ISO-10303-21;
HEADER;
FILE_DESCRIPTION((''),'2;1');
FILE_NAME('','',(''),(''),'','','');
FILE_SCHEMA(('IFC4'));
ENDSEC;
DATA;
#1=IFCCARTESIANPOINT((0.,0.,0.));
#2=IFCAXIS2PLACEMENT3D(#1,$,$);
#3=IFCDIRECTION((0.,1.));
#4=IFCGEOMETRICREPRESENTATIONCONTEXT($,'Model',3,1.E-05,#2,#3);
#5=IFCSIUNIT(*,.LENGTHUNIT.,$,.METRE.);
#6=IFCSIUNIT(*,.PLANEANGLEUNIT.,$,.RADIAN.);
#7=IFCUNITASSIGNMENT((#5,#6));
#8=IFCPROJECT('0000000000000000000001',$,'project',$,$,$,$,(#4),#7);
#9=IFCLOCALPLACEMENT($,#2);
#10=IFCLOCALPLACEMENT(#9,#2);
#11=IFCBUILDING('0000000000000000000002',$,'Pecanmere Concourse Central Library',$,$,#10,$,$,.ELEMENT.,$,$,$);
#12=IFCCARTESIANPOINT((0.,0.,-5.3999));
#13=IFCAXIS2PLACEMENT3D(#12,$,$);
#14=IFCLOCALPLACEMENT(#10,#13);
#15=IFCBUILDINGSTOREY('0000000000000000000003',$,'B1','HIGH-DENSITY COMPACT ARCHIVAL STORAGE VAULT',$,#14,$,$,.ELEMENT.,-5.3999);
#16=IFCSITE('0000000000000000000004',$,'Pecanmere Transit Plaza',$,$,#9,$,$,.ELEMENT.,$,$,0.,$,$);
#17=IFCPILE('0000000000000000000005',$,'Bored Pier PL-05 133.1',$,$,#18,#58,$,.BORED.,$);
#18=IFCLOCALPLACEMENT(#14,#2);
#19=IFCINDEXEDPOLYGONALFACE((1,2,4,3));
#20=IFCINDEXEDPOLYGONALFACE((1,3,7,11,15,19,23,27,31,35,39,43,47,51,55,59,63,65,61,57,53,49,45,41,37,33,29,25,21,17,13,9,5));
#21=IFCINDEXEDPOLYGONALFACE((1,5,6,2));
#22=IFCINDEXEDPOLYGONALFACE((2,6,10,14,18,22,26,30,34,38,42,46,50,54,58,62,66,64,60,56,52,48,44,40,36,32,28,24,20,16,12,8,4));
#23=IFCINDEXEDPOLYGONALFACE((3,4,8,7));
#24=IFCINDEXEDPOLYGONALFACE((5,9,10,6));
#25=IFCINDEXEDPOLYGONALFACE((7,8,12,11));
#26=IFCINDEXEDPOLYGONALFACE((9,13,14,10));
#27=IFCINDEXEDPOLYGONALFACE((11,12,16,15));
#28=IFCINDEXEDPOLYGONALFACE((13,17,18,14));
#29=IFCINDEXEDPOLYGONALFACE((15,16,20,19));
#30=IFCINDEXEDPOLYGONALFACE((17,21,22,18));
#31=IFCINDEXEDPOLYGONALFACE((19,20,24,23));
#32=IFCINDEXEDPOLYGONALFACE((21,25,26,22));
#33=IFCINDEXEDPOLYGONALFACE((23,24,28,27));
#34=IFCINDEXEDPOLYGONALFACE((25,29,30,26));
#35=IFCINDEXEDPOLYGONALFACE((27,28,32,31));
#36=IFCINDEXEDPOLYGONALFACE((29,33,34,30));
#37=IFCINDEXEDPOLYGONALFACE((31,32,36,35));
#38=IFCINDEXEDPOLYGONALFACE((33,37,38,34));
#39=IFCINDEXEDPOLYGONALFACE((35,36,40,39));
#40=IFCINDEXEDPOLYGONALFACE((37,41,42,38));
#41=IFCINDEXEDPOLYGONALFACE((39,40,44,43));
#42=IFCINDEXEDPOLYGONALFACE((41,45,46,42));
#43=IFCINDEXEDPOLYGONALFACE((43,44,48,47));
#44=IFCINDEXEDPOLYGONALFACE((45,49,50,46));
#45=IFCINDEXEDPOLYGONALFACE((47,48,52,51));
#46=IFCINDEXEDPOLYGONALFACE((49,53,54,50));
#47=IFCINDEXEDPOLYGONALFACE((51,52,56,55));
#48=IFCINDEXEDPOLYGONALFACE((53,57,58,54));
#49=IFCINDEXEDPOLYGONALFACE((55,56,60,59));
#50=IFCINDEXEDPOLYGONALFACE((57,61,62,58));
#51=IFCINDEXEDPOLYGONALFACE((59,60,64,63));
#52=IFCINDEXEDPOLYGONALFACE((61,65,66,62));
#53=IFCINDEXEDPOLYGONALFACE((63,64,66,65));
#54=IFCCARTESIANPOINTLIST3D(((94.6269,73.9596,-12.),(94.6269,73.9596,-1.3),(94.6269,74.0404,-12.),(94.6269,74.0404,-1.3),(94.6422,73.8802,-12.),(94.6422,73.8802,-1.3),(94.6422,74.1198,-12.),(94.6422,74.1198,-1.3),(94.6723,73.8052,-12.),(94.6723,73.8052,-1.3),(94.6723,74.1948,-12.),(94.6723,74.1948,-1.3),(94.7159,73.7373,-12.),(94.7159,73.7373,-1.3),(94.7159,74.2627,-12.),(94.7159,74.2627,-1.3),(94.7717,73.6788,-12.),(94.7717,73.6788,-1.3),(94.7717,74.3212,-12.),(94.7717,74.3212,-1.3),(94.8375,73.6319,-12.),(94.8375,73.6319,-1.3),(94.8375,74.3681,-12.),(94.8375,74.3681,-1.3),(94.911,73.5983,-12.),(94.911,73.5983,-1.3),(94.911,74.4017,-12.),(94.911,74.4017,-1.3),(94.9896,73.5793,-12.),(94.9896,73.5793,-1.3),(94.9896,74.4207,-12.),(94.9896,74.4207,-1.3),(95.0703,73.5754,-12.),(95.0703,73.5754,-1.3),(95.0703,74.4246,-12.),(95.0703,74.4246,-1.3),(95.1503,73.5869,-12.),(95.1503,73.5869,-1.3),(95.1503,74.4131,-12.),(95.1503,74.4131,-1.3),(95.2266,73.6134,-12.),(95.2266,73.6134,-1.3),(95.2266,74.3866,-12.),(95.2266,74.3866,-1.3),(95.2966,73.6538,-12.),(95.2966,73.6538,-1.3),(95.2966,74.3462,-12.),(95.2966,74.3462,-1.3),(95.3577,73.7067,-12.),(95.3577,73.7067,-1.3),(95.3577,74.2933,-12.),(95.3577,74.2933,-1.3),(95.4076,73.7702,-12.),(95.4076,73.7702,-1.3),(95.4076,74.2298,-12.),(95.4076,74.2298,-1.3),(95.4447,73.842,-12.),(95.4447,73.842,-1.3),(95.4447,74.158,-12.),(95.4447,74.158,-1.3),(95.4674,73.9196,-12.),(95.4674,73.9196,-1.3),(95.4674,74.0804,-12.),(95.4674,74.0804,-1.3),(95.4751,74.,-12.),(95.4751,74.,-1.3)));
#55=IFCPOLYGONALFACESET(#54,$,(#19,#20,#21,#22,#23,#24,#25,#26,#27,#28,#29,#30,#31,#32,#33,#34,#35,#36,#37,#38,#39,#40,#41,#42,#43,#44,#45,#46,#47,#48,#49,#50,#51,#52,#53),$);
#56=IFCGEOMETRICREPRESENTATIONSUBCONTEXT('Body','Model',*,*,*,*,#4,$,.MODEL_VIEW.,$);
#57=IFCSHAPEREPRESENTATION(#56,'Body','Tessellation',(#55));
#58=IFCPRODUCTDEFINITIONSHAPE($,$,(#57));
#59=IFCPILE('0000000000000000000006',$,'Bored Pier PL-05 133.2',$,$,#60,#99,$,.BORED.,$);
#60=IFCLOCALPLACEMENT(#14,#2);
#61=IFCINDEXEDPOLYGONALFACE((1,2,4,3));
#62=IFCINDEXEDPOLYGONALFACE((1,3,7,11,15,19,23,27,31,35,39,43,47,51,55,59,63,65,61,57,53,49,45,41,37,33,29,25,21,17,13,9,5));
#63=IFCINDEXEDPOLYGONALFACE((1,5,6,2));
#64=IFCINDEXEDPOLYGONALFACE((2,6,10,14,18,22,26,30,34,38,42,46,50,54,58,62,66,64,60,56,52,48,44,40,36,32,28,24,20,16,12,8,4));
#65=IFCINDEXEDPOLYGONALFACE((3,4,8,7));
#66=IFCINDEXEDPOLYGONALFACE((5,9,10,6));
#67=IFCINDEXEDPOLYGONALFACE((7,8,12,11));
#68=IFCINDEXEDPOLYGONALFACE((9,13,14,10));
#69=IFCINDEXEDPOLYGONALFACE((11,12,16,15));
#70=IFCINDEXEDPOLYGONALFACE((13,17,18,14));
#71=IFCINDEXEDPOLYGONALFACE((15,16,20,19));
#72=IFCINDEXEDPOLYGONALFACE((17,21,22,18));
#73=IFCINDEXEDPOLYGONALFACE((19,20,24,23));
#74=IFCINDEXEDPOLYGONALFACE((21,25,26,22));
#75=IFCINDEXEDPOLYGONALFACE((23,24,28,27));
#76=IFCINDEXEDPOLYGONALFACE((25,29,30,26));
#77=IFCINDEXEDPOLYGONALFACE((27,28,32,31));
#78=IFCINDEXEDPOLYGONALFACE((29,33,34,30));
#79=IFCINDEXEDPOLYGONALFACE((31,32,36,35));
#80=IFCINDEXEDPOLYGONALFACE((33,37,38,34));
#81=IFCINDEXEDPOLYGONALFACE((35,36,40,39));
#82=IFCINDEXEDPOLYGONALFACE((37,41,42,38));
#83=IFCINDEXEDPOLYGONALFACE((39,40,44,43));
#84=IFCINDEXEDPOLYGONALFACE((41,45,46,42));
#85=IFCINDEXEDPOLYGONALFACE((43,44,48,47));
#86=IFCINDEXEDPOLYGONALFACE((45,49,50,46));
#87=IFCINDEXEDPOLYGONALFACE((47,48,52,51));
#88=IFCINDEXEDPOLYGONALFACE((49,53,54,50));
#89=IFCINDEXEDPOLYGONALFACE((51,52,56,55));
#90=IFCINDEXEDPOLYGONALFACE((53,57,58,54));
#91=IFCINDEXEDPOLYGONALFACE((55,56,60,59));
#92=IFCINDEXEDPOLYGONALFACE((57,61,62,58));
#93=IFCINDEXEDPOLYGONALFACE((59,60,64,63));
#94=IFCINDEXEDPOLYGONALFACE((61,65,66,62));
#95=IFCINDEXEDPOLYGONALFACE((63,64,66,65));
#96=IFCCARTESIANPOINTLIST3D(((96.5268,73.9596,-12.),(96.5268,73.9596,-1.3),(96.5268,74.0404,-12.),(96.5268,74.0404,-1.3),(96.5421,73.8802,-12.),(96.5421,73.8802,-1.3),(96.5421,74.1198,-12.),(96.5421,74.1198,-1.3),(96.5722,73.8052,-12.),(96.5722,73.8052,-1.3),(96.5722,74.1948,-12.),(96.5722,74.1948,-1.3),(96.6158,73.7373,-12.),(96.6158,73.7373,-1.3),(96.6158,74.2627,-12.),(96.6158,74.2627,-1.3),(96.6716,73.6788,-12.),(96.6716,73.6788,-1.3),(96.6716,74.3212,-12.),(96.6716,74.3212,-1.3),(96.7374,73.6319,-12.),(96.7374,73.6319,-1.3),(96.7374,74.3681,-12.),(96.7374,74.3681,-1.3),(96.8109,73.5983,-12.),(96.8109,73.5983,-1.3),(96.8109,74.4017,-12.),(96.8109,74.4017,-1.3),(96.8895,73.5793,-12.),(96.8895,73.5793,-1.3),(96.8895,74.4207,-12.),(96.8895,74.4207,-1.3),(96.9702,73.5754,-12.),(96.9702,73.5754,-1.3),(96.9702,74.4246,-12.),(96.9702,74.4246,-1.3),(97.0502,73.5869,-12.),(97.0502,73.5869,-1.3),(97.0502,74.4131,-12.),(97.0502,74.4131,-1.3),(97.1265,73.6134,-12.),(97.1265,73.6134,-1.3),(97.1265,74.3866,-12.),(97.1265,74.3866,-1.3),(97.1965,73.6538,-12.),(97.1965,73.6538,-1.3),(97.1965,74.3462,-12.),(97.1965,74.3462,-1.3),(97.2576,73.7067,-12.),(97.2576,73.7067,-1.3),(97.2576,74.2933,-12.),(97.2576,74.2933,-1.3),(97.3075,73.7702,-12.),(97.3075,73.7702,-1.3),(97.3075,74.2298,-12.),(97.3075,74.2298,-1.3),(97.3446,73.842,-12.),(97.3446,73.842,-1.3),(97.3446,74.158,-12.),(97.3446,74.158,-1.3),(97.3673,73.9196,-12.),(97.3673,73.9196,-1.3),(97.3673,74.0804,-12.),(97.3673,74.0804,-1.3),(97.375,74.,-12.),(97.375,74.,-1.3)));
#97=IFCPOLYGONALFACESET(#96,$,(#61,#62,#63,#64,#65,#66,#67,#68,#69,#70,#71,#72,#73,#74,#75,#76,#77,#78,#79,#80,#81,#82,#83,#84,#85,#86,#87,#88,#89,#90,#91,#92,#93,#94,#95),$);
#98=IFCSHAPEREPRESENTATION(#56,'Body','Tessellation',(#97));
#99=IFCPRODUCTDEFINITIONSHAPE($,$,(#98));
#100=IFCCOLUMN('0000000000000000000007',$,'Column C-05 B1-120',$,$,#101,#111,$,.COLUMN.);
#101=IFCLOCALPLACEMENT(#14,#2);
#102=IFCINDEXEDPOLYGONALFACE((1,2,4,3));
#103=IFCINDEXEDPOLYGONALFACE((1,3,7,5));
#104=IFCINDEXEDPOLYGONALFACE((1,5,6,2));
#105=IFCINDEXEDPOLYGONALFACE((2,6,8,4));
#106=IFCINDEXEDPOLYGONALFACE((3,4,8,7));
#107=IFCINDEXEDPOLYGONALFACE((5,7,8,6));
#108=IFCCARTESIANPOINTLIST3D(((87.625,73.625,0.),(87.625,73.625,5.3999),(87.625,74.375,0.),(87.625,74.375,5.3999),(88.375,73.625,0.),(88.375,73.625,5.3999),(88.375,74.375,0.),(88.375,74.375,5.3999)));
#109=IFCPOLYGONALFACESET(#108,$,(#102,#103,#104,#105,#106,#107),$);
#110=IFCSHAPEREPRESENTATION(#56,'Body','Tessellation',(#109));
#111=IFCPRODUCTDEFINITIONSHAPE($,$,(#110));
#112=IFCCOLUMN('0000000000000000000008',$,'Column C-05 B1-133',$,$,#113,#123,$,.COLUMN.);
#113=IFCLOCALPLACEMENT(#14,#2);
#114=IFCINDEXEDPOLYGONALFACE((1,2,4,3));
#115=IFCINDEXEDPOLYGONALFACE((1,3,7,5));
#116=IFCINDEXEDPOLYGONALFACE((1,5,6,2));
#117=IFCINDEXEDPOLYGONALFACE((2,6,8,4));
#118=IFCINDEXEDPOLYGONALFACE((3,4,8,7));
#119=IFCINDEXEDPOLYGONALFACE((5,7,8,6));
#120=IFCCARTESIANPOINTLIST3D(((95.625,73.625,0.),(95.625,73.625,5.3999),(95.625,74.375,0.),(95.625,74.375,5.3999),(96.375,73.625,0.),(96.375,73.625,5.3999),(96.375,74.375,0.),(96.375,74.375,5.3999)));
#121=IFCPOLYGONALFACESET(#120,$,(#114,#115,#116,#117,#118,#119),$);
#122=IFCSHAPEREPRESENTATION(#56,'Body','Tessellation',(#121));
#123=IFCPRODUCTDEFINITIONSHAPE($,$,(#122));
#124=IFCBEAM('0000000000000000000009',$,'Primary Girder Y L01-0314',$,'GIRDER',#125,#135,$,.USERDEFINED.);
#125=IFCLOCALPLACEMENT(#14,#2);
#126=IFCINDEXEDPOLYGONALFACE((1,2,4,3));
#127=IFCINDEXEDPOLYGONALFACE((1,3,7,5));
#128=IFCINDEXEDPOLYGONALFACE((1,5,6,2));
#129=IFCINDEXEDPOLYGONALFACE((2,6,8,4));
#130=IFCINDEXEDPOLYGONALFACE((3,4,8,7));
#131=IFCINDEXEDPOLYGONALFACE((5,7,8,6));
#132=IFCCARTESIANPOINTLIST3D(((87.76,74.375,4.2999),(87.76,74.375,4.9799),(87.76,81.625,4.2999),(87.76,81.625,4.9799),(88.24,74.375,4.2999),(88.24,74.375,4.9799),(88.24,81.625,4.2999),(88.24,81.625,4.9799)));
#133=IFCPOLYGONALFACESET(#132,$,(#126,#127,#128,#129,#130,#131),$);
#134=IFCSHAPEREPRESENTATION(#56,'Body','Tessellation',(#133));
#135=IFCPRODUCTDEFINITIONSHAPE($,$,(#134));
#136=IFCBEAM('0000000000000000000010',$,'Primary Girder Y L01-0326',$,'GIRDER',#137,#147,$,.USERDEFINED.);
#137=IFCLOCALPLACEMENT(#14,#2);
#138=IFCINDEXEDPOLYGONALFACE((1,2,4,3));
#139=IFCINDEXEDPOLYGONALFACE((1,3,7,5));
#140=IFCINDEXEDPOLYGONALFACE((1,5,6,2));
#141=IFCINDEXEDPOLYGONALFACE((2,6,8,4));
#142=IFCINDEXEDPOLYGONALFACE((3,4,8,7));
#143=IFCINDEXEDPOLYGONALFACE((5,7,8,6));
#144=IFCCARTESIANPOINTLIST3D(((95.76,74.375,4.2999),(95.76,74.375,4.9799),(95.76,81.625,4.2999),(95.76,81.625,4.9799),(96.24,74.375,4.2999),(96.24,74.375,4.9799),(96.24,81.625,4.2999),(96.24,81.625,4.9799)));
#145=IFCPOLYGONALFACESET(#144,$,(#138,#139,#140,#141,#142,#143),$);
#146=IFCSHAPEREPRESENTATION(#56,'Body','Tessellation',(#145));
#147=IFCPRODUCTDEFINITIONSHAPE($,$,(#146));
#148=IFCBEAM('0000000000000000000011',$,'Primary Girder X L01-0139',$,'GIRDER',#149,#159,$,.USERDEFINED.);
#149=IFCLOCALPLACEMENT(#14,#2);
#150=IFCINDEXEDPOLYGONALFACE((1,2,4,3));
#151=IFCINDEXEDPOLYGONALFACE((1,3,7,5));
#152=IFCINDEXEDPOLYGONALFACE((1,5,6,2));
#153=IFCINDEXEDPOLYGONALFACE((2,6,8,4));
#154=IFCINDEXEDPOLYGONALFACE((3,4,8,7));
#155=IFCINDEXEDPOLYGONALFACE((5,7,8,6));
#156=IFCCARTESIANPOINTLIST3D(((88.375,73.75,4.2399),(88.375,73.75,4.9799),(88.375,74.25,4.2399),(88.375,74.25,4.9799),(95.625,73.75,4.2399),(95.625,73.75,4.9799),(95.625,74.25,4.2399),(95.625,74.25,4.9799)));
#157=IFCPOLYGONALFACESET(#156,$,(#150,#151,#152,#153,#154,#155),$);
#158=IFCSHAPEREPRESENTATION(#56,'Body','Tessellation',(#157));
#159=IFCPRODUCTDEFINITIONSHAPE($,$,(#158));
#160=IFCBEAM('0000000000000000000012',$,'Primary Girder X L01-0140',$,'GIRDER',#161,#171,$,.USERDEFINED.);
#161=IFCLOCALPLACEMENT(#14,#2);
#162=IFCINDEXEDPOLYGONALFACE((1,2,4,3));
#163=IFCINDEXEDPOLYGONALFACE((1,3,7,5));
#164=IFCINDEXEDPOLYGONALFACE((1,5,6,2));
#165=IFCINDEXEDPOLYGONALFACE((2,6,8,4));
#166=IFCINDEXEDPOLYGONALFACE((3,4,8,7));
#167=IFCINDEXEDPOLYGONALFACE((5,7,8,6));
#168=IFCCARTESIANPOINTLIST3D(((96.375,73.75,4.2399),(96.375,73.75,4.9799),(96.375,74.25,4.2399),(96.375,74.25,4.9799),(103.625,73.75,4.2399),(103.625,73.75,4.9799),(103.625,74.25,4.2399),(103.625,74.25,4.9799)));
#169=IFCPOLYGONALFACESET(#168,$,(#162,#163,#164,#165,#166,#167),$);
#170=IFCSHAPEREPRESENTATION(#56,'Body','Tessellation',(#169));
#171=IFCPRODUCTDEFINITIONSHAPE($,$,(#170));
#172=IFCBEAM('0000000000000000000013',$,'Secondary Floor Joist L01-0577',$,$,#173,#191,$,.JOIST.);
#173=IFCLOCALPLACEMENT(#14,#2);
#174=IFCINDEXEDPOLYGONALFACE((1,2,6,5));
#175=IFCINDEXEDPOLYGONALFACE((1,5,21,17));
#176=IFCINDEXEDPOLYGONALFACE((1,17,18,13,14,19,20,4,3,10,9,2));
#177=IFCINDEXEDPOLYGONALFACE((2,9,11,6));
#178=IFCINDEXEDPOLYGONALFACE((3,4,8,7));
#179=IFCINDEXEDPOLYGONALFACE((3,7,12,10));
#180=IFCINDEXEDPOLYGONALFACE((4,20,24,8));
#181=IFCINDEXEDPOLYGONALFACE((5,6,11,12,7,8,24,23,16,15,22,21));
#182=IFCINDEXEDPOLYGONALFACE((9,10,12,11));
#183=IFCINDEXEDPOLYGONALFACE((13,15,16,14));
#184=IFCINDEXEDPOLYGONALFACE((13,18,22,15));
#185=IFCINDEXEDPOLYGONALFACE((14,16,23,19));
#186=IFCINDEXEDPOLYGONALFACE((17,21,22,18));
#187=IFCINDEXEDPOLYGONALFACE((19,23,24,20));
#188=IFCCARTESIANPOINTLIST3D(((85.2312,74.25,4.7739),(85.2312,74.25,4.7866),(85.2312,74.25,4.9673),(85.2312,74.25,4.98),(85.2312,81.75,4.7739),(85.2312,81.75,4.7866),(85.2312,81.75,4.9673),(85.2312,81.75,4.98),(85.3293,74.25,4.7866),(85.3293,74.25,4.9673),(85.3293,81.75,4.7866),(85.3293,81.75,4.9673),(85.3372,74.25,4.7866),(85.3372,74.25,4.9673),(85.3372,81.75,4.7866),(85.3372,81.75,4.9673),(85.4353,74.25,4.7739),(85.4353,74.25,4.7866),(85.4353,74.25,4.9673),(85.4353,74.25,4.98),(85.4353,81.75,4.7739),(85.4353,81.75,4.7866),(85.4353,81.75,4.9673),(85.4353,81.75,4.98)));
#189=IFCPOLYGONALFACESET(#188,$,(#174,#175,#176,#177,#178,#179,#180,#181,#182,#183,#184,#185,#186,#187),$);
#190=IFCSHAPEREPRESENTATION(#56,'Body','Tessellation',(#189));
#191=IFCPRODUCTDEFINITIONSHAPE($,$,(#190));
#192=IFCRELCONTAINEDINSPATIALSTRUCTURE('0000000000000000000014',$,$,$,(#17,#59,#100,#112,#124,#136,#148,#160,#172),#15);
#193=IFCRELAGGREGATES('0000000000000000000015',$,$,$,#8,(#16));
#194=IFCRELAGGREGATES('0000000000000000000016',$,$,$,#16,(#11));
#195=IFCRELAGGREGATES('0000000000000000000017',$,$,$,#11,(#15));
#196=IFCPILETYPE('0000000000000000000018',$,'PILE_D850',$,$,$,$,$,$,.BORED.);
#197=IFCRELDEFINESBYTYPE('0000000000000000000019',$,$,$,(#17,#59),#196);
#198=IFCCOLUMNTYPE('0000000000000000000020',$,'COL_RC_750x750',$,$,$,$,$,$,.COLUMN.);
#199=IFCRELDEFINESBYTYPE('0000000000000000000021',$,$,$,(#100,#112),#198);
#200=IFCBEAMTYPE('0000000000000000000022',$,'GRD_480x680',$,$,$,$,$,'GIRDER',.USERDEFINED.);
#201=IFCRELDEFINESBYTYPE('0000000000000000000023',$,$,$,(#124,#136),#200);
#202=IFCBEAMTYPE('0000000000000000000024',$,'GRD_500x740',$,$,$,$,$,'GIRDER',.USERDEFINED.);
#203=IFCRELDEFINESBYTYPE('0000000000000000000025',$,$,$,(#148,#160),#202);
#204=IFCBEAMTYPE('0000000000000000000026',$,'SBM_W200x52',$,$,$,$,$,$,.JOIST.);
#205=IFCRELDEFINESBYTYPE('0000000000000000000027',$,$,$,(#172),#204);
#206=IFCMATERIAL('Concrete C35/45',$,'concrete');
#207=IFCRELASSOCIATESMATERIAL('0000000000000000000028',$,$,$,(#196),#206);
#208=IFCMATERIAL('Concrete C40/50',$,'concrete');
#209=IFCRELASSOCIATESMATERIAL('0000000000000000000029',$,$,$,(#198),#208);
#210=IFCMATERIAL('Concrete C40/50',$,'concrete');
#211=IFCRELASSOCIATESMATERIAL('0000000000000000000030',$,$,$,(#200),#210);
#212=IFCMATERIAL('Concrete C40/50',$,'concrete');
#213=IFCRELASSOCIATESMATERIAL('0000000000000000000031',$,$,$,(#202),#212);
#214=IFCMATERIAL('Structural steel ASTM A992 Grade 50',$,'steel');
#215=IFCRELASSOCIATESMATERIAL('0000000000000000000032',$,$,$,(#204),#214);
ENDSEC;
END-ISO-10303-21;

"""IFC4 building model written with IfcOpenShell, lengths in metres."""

from ifc_helpers import new_model, si_unit, direction, frame, origin, origin_2d, place, context, subcontext, project, spatial, rectangle, circle, i_section, extrude, material, material_profile, profile_set, type_object, element, save


model = new_model("IFC4")

# Units and contexts
model_context = context("Model", 3, precision=1e-05, world=origin(), true_north=direction((0.0, 1.0)))
body_context = subcontext(model_context, "Body", "Model", "MODEL_VIEW")
ifc_project = project(units=[si_unit("LENGTHUNIT", "METRE"), si_unit("PLANEANGLEUNIT", "RADIAN")], contexts=[model_context])

# Site, building, storey
site_placement = place(None, origin())
site = spatial("IfcSite", under=ifc_project, at=site_placement, Name="Pecanmere Transit Plaza", CompositionType="ELEMENT", RefElevation=0.0)
building_placement = place(site_placement, origin())
building = spatial("IfcBuilding", under=site, at=building_placement, Name="Pecanmere Concourse Central Library", CompositionType="ELEMENT")
storey_placement = place(building_placement, frame((0.0, 0.0, -5.3999)))
storey = spatial("IfcBuildingStorey", under=building, at=storey_placement, Name="B1", Description="HIGH-DENSITY COMPACT ARCHIVAL STORAGE VAULT", CompositionType="ELEMENT", Elevation=-5.3999)

# Piles
ifc_material_1 = material(Name="Concrete C35/45", Category="concrete")
ifc_material_profile_1 = material_profile(ifc_material_1, circle(Radius=0.425, at=origin_2d()), Name="PIER D850")
ifc_profile_set_1 = profile_set([ifc_material_profile_1], Name="Concrete C35/45")
pile_type = type_object("IfcPileType", Name="PILE_D850", PredefinedType="BORED", material=ifc_profile_set_1)
for number, where, z_axis, x_axis, name in (
    (1, (95.05, 74.0, -1.3), (0.0, 0.0, -1.0), (1.0, 0.0, 0.0), "Bored Pier PL-05 133.1"),
    (2, (96.95, 74.0, -1.3), (0.0, 0.0, -1.0), (1.0, 0.0, 0.0), "Bored Pier PL-05 133.2"),
):
    element("IfcPile", number, at=place(storey_placement, frame(where, z_axis=z_axis, x_axis=x_axis)), inside=storey, type_object=pile_type, Name=name, PredefinedType="BORED", context=body_context, shape_type="SweptSolid", body=[
        extrude(circle(Radius=0.425, at=origin_2d()), origin(), (0.0, 0.0, 1.0), 10.7),
    ])

# Columns
ifc_material_2 = material(Name="Concrete C40/50", Category="concrete")
ifc_material_profile_2 = material_profile(ifc_material_2, rectangle(XDim=0.75, YDim=0.75, at=origin_2d()), Name="RC 750x750")
ifc_profile_set_2 = profile_set([ifc_material_profile_2], Name="Concrete C40/50")
column_type = type_object("IfcColumnType", Name="COL_RC_750x750", PredefinedType="COLUMN", material=ifc_profile_set_2)
for number, where, z_axis, x_axis, name in (
    (3, (88.0, 74.0, 0.0), (0.0, 0.0, 1.0), (1.0, 0.0, 0.0), "Column C-05 B1-120"),
    (4, (96.0, 74.0, 0.0), (0.0, 0.0, 1.0), (1.0, 0.0, 0.0), "Column C-05 B1-133"),
):
    element("IfcColumn", number, at=place(storey_placement, frame(where, z_axis=z_axis, x_axis=x_axis)), inside=storey, type_object=column_type, Name=name, PredefinedType="COLUMN", context=body_context, shape_type="SweptSolid", body=[
        extrude(rectangle(XDim=0.75, YDim=0.75, at=origin_2d()), origin(), (0.0, 0.0, 1.0), 5.3999),
    ])

# Beams
ifc_material_3 = material(Name="Concrete C40/50", Category="concrete")
ifc_material_profile_3 = material_profile(ifc_material_3, rectangle(XDim=0.48, YDim=0.6799, at=origin_2d()), Name="RC 480x680")
ifc_profile_set_3 = profile_set([ifc_material_profile_3], Name="Concrete C40/50")
beam_type_1 = type_object("IfcBeamType", Name="GRD_480x680", ElementType="GIRDER", PredefinedType="USERDEFINED", material=ifc_profile_set_3)
for number, where, z_axis, x_axis, name in (
    (5, (88.0, 74.375, 4.6399), (0.0, 1.0, 0.0), (-1.0, 0.0, 0.0), "Primary Girder Y L01-0314"),
    (6, (96.0, 74.375, 4.6399), (0.0, 1.0, 0.0), (-1.0, 0.0, 0.0), "Primary Girder Y L01-0326"),
):
    element("IfcBeam", number, at=place(storey_placement, frame(where, z_axis=z_axis, x_axis=x_axis)), inside=storey, type_object=beam_type_1, Name=name, ObjectType="GIRDER", PredefinedType="USERDEFINED", context=body_context, shape_type="SweptSolid", body=[
        extrude(rectangle(XDim=0.48, YDim=0.6799, at=origin_2d()), origin(), (0.0, 0.0, 1.0), 7.25),
    ])
ifc_material_4 = material(Name="Concrete C40/50", Category="concrete")
ifc_material_profile_4 = material_profile(ifc_material_4, rectangle(XDim=0.5, YDim=0.74, at=origin_2d()), Name="RC 500x740")
ifc_profile_set_4 = profile_set([ifc_material_profile_4], Name="Concrete C40/50")
beam_type_2 = type_object("IfcBeamType", Name="GRD_500x740", ElementType="GIRDER", PredefinedType="USERDEFINED", material=ifc_profile_set_4)
for number, where, z_axis, x_axis, name in (
    (7, (88.375, 74.0, 4.6099), (1.0, 0.0, 0.0), (0.0, 1.0, 0.0), "Primary Girder X L01-0139"),
    (8, (96.375, 74.0, 4.6099), (1.0, 0.0, 0.0), (0.0, 1.0, 0.0), "Primary Girder X L01-0140"),
):
    element("IfcBeam", number, at=place(storey_placement, frame(where, z_axis=z_axis, x_axis=x_axis)), inside=storey, type_object=beam_type_2, Name=name, ObjectType="GIRDER", PredefinedType="USERDEFINED", context=body_context, shape_type="SweptSolid", body=[
        extrude(rectangle(XDim=0.5, YDim=0.74, at=origin_2d()), origin(), (0.0, 0.0, 1.0), 7.25),
    ])
ifc_material_5 = material(Name="Structural steel ASTM A992 Grade 50", Category="steel")
ifc_material_profile_5 = material_profile(ifc_material_5, i_section(OverallWidth=0.2041, OverallDepth=0.2061, WebThickness=0.0078, FlangeThickness=0.0127, at=origin_2d()), Name="W200x52")
ifc_profile_set_5 = profile_set([ifc_material_profile_5], Name="Structural steel ASTM A992 Grade 50")
beam_type_3 = type_object("IfcBeamType", Name="SBM_W200x52", PredefinedType="JOIST", material=ifc_profile_set_5)
beam_1_placement = place(storey_placement, frame((85.3333, 74.25, 4.877), z_axis=(0.0, 1.0, 0.0), x_axis=(-1.0, 0.0, 0.0)))
element("IfcBeam", 9, at=beam_1_placement, inside=storey, type_object=beam_type_3, Name="Secondary Floor Joist L01-0577", PredefinedType="JOIST", context=body_context, shape_type="SweptSolid", body=[
    extrude(i_section(OverallWidth=0.2041, OverallDepth=0.2061, WebThickness=0.0078, FlangeThickness=0.0127, at=origin_2d()), origin(), (0.0, 0.0, 1.0), 7.5),
])

save(model, "model.ifc")
